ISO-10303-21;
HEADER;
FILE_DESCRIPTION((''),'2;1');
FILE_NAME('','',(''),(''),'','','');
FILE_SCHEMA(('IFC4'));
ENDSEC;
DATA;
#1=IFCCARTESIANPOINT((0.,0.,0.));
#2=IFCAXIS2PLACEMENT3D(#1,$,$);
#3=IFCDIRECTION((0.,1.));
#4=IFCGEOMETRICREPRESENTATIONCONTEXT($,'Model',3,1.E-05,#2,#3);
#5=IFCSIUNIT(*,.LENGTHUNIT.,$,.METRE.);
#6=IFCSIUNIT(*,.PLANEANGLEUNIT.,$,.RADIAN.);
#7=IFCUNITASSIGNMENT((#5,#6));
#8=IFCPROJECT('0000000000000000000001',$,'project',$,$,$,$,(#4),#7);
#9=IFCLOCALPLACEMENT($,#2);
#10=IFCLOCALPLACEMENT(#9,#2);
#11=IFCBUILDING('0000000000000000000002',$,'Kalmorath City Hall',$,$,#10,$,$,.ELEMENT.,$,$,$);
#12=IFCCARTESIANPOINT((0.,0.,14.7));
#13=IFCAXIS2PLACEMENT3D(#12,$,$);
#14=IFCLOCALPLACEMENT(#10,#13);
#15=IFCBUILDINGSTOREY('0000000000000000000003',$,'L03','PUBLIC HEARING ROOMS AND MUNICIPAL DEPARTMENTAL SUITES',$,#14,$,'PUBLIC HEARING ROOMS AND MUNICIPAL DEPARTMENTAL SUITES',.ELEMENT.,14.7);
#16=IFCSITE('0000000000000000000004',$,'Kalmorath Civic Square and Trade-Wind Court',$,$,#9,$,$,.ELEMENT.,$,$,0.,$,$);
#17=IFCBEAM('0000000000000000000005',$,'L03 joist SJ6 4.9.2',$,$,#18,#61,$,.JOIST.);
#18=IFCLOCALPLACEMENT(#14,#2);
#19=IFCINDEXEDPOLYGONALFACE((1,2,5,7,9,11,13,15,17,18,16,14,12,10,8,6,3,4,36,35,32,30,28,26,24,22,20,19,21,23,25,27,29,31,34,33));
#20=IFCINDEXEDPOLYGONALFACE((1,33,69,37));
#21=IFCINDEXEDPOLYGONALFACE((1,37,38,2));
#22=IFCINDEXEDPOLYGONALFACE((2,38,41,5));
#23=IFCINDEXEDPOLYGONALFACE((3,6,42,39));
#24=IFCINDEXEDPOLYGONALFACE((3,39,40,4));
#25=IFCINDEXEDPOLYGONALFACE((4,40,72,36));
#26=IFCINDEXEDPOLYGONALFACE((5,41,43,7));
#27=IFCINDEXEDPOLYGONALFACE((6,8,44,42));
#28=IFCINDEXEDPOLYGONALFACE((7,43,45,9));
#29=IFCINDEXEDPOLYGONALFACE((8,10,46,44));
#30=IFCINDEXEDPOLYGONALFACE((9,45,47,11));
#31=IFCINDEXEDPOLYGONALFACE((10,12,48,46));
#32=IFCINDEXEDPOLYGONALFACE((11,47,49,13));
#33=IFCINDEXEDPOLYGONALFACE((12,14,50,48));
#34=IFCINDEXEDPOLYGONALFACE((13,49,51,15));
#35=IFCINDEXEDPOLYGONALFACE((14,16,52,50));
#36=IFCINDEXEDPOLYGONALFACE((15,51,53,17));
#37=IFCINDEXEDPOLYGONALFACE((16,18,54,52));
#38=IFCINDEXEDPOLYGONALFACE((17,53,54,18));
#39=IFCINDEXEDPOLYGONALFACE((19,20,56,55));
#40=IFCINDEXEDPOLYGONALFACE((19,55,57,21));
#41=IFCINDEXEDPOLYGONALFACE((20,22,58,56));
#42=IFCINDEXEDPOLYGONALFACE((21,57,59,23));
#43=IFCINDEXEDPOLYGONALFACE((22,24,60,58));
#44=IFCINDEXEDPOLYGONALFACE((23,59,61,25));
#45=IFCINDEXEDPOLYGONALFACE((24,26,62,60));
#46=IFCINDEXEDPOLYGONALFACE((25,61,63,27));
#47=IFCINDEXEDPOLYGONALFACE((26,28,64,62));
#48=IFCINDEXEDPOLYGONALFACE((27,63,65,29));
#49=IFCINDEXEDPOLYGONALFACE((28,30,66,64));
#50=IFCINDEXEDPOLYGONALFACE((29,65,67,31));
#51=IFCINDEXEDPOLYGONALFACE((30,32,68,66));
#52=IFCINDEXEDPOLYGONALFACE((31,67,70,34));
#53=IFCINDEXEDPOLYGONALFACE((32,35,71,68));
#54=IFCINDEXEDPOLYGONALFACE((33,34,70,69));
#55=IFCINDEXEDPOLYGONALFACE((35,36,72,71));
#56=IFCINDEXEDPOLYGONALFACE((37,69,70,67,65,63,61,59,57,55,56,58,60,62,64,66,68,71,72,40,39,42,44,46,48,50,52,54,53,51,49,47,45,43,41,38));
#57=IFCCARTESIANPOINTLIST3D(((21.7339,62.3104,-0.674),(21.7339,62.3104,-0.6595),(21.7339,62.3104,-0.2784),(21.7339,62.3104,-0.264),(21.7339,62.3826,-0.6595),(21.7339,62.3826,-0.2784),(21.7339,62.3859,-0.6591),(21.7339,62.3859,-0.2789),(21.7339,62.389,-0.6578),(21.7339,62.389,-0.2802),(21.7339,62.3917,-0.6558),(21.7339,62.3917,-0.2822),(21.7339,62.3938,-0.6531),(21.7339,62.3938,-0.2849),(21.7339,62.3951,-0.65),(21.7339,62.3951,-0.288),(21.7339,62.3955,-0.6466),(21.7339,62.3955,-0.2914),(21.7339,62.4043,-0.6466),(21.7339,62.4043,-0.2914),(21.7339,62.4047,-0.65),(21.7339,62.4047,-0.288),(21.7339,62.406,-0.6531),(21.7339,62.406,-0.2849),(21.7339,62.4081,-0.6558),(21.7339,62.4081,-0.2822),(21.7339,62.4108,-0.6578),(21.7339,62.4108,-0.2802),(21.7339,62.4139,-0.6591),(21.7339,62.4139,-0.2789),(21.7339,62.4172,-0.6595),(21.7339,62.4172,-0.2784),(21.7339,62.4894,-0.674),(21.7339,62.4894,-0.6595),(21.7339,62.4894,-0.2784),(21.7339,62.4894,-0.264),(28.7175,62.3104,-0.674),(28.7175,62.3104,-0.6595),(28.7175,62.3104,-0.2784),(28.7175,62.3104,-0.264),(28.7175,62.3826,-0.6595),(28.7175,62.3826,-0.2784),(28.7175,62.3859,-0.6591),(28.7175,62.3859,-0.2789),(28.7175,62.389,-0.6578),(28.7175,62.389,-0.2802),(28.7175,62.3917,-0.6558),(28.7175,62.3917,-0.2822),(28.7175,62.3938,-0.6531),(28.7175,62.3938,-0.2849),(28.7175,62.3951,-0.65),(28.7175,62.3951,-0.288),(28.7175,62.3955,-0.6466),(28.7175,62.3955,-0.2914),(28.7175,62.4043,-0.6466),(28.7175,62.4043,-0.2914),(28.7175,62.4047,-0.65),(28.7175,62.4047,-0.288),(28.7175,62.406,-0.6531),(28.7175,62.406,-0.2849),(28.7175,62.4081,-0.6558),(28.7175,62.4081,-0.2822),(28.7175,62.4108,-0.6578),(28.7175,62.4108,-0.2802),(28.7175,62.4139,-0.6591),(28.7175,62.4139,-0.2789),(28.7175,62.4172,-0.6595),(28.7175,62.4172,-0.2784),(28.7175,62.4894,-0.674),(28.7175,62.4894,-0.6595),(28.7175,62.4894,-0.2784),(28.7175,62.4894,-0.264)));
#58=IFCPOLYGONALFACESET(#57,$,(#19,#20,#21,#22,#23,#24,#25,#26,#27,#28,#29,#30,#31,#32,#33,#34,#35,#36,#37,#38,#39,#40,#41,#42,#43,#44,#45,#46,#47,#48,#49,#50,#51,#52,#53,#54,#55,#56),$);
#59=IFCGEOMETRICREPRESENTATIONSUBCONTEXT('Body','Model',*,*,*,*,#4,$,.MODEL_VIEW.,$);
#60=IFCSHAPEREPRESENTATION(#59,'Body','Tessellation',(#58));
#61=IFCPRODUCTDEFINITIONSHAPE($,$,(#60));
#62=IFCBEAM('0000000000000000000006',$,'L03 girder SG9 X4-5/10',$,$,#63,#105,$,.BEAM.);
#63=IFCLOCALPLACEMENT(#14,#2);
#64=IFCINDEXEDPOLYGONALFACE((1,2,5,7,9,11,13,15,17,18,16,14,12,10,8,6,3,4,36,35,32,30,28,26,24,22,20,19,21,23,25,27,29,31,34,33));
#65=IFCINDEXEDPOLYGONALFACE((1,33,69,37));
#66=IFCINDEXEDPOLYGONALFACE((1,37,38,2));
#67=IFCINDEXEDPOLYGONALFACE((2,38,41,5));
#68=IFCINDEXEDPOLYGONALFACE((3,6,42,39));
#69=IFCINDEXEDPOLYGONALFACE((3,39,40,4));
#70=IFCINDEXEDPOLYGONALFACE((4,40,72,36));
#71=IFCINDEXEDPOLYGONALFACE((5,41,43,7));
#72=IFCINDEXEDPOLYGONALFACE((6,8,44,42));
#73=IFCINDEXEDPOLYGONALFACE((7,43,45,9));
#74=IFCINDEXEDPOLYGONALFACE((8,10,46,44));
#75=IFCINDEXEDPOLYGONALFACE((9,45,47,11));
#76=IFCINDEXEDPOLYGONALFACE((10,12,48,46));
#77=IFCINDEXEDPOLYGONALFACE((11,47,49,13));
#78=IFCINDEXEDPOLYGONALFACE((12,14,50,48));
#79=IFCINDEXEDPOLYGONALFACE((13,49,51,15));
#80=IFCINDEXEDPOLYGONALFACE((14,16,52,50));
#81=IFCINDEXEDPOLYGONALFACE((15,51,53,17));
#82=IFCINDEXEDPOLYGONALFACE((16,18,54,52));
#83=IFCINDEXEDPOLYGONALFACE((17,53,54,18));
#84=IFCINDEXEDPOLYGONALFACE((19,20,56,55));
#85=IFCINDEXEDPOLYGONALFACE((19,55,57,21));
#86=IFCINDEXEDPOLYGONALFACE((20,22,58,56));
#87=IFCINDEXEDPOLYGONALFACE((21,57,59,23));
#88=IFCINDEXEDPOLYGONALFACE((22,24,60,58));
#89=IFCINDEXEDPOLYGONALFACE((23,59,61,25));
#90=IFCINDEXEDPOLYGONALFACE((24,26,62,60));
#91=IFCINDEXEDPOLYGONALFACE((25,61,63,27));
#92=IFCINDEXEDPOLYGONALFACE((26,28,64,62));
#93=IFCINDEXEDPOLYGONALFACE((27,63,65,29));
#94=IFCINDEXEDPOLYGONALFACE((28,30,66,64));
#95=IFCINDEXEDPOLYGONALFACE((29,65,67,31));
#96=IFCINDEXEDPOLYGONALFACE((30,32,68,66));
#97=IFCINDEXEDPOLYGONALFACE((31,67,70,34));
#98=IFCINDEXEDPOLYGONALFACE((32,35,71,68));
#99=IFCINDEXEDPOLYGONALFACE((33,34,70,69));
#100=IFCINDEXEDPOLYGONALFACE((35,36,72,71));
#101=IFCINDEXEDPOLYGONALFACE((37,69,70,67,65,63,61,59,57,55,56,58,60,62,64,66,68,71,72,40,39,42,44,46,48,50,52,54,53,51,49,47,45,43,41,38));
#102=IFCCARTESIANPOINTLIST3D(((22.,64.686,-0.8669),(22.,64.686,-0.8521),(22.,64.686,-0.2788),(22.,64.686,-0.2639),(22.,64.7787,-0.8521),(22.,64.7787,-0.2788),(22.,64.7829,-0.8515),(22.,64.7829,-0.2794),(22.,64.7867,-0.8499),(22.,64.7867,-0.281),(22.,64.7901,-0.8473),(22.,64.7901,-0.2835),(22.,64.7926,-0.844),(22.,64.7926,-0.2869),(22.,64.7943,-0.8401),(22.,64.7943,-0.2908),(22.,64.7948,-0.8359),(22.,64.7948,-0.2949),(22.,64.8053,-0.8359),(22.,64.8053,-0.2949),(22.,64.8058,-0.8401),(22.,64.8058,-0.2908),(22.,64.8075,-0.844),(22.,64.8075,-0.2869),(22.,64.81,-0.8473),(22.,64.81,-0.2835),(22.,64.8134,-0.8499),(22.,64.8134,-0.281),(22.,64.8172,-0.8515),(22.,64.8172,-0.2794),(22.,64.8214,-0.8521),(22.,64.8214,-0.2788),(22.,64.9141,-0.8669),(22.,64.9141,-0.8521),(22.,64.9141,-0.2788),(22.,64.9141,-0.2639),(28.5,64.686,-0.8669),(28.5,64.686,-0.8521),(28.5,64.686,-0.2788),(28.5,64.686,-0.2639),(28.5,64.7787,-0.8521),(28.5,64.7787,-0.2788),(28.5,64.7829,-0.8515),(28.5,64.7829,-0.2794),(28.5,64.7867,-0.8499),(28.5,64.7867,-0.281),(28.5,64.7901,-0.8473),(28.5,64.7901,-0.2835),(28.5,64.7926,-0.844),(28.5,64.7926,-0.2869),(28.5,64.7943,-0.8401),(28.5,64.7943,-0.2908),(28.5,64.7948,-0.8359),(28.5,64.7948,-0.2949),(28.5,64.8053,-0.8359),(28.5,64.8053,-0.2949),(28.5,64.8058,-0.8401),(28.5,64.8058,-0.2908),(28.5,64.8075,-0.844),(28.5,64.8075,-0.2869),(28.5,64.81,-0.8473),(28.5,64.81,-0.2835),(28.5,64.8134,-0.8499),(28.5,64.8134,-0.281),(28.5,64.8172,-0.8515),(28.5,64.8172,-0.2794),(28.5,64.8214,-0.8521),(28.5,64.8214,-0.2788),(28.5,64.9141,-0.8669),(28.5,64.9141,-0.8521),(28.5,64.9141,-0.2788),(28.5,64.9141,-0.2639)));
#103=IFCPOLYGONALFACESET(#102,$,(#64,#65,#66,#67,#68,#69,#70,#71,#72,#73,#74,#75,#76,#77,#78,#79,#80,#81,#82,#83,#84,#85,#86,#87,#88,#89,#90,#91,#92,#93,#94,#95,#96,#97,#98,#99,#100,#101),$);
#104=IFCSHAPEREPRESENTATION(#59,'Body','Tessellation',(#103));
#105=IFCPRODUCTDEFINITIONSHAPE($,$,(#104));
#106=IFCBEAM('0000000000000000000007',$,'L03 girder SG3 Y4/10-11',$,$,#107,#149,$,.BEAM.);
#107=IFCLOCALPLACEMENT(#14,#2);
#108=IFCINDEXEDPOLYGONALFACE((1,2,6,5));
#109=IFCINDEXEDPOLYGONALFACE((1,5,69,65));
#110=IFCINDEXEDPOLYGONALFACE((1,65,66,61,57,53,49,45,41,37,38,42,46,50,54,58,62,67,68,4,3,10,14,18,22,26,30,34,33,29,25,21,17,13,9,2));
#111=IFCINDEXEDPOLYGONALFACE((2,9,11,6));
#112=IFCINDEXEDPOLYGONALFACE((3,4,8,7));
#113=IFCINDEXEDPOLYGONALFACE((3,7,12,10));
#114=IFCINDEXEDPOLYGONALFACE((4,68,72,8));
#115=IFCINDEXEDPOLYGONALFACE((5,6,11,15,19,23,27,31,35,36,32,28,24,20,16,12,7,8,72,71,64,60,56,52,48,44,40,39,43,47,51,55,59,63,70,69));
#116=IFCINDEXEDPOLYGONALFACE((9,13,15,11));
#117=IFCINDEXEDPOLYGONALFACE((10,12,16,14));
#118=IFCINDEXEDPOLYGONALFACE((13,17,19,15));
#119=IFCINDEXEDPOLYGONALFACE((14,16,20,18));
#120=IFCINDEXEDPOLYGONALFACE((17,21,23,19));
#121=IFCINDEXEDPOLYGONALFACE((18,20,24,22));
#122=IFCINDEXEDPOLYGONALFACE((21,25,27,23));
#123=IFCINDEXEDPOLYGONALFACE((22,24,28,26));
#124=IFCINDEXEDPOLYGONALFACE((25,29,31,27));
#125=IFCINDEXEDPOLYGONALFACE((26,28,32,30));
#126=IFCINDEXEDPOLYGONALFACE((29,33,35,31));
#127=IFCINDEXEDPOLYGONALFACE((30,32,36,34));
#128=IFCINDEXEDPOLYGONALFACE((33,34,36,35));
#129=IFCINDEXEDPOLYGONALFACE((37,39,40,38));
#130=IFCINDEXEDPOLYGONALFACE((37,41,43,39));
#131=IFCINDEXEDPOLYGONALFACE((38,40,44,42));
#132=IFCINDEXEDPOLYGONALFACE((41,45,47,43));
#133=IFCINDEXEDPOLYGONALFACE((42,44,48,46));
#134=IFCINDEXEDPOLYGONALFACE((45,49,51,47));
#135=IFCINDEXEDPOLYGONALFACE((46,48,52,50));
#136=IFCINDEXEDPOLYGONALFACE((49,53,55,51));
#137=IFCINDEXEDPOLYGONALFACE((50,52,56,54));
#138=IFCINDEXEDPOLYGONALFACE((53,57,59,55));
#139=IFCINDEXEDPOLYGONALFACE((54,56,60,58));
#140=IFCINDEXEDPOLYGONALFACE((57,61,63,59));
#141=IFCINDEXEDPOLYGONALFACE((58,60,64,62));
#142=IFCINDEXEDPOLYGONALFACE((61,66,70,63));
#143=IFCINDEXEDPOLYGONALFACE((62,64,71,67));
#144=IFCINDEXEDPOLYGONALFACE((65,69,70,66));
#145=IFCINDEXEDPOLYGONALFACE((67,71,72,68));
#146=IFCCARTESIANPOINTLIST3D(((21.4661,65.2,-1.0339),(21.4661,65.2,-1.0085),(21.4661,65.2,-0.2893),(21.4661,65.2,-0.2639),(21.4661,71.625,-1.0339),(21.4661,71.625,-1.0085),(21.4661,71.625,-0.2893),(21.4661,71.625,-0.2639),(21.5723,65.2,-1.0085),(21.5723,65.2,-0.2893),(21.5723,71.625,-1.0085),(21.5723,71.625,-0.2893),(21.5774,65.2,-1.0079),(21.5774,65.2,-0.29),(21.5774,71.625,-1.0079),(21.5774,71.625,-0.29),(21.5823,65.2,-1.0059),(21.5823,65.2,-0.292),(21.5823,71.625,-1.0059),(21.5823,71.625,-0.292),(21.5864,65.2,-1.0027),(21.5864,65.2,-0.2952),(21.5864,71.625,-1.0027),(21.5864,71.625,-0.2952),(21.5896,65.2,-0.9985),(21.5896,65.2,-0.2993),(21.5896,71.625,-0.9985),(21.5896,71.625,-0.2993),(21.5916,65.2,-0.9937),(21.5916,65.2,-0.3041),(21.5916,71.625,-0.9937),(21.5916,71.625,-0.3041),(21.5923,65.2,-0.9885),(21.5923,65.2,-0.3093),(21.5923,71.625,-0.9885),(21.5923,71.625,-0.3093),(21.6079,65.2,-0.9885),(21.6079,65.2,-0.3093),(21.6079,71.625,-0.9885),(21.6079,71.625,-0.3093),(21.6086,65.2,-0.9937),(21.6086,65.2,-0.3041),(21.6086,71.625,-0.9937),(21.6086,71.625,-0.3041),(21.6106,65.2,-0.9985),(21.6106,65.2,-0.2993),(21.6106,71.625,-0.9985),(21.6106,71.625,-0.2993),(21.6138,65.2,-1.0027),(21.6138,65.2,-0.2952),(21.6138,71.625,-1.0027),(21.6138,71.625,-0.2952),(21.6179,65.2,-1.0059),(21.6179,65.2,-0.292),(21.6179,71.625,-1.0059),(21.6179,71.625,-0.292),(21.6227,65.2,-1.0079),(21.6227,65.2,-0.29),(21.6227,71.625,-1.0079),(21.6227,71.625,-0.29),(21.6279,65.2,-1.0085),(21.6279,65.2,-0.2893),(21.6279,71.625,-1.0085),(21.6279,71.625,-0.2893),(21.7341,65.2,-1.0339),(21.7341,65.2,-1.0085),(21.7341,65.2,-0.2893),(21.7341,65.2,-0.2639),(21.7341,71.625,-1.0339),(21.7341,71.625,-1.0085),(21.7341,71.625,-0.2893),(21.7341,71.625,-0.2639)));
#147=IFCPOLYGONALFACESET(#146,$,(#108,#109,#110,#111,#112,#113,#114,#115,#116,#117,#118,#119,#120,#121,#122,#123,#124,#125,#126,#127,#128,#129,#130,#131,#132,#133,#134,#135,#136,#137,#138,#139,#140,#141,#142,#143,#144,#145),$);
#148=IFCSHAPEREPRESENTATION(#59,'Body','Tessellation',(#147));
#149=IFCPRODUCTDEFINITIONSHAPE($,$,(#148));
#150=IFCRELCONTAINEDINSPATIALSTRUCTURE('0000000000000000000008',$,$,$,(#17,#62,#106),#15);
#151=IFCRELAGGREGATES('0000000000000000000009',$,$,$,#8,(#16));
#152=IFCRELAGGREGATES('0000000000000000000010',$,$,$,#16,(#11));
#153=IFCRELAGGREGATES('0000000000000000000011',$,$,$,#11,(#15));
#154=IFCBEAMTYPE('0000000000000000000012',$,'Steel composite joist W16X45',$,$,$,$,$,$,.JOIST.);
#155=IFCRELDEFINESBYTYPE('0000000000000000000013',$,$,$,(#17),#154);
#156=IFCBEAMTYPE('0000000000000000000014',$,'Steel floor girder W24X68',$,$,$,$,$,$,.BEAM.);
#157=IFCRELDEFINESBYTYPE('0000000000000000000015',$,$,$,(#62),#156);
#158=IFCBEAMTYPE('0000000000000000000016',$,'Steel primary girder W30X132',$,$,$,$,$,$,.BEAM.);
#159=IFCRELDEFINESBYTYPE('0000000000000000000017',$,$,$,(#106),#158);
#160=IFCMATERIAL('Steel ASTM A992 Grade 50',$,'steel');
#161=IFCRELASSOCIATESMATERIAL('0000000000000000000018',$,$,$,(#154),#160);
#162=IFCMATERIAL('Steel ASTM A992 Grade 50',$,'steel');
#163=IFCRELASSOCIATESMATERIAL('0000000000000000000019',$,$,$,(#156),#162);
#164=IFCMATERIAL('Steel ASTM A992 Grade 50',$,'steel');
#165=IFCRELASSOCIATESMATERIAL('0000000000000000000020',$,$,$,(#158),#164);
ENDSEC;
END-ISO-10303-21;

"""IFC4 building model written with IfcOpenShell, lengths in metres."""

from ifc_helpers import new_model, si_unit, direction, frame, origin, origin_2d, place, context, subcontext, project, spatial, i_section, extrude, material, material_profile, profile_set, type_object, element, save


model = new_model("IFC4")

# Units and contexts
model_context = context("Model", 3, precision=1e-05, world=origin(), true_north=direction((0.0, 1.0)))
body_context = subcontext(model_context, "Body", "Model", "MODEL_VIEW")
ifc_project = project(units=[si_unit("LENGTHUNIT", "METRE"), si_unit("PLANEANGLEUNIT", "RADIAN")], contexts=[model_context])

# Site, building, storey
site_placement = place(None, origin())
site = spatial("IfcSite", under=ifc_project, at=site_placement, Name="Kalmorath Civic Square and Trade-Wind Court", CompositionType="ELEMENT", RefElevation=0.0)
building_placement = place(site_placement, origin())
building = spatial("IfcBuilding", under=site, at=building_placement, Name="Kalmorath City Hall", CompositionType="ELEMENT")
storey_placement = place(building_placement, frame((0.0, 0.0, 14.7)))
storey = spatial("IfcBuildingStorey", under=building, at=storey_placement, Name="L03", Description="PUBLIC HEARING ROOMS AND MUNICIPAL DEPARTMENTAL SUITES", LongName="PUBLIC HEARING ROOMS AND MUNICIPAL DEPARTMENTAL SUITES", CompositionType="ELEMENT", Elevation=14.7)

# Beams
ifc_material_1 = material(Name="Steel ASTM A992 Grade 50", Category="steel")
ifc_material_profile_1 = material_profile(ifc_material_1, i_section(OverallWidth=0.179, OverallDepth=0.4099, WebThickness=0.0088, FlangeThickness=0.0144, FilletRadius=0.0129, at=origin_2d()), Name="W16X45")
ifc_profile_set_1 = profile_set([ifc_material_profile_1], Name="Steel ASTM A992 Grade 50")
beam_type_1 = type_object("IfcBeamType", Name="Steel composite joist W16X45", PredefinedType="JOIST", material=ifc_profile_set_1)
beam_1_placement = place(storey_placement, frame((21.7339, 62.3999, -0.469), z_axis=(1.0, 0.0, 0.0), x_axis=(0.0, 1.0, 0.0)))
element("IfcBeam", 1, at=beam_1_placement, inside=storey, type_object=beam_type_1, Name="L03 joist SJ6 4.9.2", PredefinedType="JOIST", context=body_context, shape_type="SweptSolid", body=[
    extrude(i_section(OverallWidth=0.179, OverallDepth=0.4099, WebThickness=0.0088, FlangeThickness=0.0144, FilletRadius=0.0129, at=origin_2d()), origin(), (0.0, 0.0, 1.0), 6.9836),
])
ifc_material_2 = material(Name="Steel ASTM A992 Grade 50", Category="steel")
ifc_material_profile_2 = material_profile(ifc_material_2, i_section(OverallWidth=0.228, OverallDepth=0.603, WebThickness=0.0105, FlangeThickness=0.0149, FilletRadius=0.0161, at=origin_2d()), Name="W24X68")
ifc_profile_set_2 = profile_set([ifc_material_profile_2], Name="Steel ASTM A992 Grade 50")
beam_type_2 = type_object("IfcBeamType", Name="Steel floor girder W24X68", PredefinedType="BEAM", material=ifc_profile_set_2)
beam_2_placement = place(storey_placement, frame((22.0, 64.8, -0.5654), z_axis=(1.0, 0.0, 0.0), x_axis=(0.0, 1.0, 0.0)))
element("IfcBeam", 2, at=beam_2_placement, inside=storey, type_object=beam_type_2, Name="L03 girder SG9 X4-5/10", PredefinedType="BEAM", context=body_context, shape_type="SweptSolid", body=[
    extrude(i_section(OverallWidth=0.228, OverallDepth=0.603, WebThickness=0.0105, FlangeThickness=0.0149, FilletRadius=0.0161, at=origin_2d()), origin(), (0.0, 0.0, 1.0), 6.5),
])
ifc_material_3 = material(Name="Steel ASTM A992 Grade 50", Category="steel")
ifc_material_profile_3 = material_profile(ifc_material_3, i_section(OverallWidth=0.2681, OverallDepth=0.77, WebThickness=0.0156, FlangeThickness=0.0254, FilletRadius=0.02, at=origin_2d()), Name="W30X132")
ifc_profile_set_3 = profile_set([ifc_material_profile_3], Name="Steel ASTM A992 Grade 50")
beam_type_3 = type_object("IfcBeamType", Name="Steel primary girder W30X132", PredefinedType="BEAM", material=ifc_profile_set_3)
beam_3_placement = place(storey_placement, frame((21.6001, 65.2, -0.6489), z_axis=(0.0, 1.0, 0.0), x_axis=(-1.0, 0.0, 0.0)))
element("IfcBeam", 3, at=beam_3_placement, inside=storey, type_object=beam_type_3, Name="L03 girder SG3 Y4/10-11", PredefinedType="BEAM", context=body_context, shape_type="SweptSolid", body=[
    extrude(i_section(OverallWidth=0.2681, OverallDepth=0.77, WebThickness=0.0156, FlangeThickness=0.0254, FilletRadius=0.02, at=origin_2d()), origin(), (0.0, 0.0, 1.0), 6.425),
])

save(model, "model.ifc")
